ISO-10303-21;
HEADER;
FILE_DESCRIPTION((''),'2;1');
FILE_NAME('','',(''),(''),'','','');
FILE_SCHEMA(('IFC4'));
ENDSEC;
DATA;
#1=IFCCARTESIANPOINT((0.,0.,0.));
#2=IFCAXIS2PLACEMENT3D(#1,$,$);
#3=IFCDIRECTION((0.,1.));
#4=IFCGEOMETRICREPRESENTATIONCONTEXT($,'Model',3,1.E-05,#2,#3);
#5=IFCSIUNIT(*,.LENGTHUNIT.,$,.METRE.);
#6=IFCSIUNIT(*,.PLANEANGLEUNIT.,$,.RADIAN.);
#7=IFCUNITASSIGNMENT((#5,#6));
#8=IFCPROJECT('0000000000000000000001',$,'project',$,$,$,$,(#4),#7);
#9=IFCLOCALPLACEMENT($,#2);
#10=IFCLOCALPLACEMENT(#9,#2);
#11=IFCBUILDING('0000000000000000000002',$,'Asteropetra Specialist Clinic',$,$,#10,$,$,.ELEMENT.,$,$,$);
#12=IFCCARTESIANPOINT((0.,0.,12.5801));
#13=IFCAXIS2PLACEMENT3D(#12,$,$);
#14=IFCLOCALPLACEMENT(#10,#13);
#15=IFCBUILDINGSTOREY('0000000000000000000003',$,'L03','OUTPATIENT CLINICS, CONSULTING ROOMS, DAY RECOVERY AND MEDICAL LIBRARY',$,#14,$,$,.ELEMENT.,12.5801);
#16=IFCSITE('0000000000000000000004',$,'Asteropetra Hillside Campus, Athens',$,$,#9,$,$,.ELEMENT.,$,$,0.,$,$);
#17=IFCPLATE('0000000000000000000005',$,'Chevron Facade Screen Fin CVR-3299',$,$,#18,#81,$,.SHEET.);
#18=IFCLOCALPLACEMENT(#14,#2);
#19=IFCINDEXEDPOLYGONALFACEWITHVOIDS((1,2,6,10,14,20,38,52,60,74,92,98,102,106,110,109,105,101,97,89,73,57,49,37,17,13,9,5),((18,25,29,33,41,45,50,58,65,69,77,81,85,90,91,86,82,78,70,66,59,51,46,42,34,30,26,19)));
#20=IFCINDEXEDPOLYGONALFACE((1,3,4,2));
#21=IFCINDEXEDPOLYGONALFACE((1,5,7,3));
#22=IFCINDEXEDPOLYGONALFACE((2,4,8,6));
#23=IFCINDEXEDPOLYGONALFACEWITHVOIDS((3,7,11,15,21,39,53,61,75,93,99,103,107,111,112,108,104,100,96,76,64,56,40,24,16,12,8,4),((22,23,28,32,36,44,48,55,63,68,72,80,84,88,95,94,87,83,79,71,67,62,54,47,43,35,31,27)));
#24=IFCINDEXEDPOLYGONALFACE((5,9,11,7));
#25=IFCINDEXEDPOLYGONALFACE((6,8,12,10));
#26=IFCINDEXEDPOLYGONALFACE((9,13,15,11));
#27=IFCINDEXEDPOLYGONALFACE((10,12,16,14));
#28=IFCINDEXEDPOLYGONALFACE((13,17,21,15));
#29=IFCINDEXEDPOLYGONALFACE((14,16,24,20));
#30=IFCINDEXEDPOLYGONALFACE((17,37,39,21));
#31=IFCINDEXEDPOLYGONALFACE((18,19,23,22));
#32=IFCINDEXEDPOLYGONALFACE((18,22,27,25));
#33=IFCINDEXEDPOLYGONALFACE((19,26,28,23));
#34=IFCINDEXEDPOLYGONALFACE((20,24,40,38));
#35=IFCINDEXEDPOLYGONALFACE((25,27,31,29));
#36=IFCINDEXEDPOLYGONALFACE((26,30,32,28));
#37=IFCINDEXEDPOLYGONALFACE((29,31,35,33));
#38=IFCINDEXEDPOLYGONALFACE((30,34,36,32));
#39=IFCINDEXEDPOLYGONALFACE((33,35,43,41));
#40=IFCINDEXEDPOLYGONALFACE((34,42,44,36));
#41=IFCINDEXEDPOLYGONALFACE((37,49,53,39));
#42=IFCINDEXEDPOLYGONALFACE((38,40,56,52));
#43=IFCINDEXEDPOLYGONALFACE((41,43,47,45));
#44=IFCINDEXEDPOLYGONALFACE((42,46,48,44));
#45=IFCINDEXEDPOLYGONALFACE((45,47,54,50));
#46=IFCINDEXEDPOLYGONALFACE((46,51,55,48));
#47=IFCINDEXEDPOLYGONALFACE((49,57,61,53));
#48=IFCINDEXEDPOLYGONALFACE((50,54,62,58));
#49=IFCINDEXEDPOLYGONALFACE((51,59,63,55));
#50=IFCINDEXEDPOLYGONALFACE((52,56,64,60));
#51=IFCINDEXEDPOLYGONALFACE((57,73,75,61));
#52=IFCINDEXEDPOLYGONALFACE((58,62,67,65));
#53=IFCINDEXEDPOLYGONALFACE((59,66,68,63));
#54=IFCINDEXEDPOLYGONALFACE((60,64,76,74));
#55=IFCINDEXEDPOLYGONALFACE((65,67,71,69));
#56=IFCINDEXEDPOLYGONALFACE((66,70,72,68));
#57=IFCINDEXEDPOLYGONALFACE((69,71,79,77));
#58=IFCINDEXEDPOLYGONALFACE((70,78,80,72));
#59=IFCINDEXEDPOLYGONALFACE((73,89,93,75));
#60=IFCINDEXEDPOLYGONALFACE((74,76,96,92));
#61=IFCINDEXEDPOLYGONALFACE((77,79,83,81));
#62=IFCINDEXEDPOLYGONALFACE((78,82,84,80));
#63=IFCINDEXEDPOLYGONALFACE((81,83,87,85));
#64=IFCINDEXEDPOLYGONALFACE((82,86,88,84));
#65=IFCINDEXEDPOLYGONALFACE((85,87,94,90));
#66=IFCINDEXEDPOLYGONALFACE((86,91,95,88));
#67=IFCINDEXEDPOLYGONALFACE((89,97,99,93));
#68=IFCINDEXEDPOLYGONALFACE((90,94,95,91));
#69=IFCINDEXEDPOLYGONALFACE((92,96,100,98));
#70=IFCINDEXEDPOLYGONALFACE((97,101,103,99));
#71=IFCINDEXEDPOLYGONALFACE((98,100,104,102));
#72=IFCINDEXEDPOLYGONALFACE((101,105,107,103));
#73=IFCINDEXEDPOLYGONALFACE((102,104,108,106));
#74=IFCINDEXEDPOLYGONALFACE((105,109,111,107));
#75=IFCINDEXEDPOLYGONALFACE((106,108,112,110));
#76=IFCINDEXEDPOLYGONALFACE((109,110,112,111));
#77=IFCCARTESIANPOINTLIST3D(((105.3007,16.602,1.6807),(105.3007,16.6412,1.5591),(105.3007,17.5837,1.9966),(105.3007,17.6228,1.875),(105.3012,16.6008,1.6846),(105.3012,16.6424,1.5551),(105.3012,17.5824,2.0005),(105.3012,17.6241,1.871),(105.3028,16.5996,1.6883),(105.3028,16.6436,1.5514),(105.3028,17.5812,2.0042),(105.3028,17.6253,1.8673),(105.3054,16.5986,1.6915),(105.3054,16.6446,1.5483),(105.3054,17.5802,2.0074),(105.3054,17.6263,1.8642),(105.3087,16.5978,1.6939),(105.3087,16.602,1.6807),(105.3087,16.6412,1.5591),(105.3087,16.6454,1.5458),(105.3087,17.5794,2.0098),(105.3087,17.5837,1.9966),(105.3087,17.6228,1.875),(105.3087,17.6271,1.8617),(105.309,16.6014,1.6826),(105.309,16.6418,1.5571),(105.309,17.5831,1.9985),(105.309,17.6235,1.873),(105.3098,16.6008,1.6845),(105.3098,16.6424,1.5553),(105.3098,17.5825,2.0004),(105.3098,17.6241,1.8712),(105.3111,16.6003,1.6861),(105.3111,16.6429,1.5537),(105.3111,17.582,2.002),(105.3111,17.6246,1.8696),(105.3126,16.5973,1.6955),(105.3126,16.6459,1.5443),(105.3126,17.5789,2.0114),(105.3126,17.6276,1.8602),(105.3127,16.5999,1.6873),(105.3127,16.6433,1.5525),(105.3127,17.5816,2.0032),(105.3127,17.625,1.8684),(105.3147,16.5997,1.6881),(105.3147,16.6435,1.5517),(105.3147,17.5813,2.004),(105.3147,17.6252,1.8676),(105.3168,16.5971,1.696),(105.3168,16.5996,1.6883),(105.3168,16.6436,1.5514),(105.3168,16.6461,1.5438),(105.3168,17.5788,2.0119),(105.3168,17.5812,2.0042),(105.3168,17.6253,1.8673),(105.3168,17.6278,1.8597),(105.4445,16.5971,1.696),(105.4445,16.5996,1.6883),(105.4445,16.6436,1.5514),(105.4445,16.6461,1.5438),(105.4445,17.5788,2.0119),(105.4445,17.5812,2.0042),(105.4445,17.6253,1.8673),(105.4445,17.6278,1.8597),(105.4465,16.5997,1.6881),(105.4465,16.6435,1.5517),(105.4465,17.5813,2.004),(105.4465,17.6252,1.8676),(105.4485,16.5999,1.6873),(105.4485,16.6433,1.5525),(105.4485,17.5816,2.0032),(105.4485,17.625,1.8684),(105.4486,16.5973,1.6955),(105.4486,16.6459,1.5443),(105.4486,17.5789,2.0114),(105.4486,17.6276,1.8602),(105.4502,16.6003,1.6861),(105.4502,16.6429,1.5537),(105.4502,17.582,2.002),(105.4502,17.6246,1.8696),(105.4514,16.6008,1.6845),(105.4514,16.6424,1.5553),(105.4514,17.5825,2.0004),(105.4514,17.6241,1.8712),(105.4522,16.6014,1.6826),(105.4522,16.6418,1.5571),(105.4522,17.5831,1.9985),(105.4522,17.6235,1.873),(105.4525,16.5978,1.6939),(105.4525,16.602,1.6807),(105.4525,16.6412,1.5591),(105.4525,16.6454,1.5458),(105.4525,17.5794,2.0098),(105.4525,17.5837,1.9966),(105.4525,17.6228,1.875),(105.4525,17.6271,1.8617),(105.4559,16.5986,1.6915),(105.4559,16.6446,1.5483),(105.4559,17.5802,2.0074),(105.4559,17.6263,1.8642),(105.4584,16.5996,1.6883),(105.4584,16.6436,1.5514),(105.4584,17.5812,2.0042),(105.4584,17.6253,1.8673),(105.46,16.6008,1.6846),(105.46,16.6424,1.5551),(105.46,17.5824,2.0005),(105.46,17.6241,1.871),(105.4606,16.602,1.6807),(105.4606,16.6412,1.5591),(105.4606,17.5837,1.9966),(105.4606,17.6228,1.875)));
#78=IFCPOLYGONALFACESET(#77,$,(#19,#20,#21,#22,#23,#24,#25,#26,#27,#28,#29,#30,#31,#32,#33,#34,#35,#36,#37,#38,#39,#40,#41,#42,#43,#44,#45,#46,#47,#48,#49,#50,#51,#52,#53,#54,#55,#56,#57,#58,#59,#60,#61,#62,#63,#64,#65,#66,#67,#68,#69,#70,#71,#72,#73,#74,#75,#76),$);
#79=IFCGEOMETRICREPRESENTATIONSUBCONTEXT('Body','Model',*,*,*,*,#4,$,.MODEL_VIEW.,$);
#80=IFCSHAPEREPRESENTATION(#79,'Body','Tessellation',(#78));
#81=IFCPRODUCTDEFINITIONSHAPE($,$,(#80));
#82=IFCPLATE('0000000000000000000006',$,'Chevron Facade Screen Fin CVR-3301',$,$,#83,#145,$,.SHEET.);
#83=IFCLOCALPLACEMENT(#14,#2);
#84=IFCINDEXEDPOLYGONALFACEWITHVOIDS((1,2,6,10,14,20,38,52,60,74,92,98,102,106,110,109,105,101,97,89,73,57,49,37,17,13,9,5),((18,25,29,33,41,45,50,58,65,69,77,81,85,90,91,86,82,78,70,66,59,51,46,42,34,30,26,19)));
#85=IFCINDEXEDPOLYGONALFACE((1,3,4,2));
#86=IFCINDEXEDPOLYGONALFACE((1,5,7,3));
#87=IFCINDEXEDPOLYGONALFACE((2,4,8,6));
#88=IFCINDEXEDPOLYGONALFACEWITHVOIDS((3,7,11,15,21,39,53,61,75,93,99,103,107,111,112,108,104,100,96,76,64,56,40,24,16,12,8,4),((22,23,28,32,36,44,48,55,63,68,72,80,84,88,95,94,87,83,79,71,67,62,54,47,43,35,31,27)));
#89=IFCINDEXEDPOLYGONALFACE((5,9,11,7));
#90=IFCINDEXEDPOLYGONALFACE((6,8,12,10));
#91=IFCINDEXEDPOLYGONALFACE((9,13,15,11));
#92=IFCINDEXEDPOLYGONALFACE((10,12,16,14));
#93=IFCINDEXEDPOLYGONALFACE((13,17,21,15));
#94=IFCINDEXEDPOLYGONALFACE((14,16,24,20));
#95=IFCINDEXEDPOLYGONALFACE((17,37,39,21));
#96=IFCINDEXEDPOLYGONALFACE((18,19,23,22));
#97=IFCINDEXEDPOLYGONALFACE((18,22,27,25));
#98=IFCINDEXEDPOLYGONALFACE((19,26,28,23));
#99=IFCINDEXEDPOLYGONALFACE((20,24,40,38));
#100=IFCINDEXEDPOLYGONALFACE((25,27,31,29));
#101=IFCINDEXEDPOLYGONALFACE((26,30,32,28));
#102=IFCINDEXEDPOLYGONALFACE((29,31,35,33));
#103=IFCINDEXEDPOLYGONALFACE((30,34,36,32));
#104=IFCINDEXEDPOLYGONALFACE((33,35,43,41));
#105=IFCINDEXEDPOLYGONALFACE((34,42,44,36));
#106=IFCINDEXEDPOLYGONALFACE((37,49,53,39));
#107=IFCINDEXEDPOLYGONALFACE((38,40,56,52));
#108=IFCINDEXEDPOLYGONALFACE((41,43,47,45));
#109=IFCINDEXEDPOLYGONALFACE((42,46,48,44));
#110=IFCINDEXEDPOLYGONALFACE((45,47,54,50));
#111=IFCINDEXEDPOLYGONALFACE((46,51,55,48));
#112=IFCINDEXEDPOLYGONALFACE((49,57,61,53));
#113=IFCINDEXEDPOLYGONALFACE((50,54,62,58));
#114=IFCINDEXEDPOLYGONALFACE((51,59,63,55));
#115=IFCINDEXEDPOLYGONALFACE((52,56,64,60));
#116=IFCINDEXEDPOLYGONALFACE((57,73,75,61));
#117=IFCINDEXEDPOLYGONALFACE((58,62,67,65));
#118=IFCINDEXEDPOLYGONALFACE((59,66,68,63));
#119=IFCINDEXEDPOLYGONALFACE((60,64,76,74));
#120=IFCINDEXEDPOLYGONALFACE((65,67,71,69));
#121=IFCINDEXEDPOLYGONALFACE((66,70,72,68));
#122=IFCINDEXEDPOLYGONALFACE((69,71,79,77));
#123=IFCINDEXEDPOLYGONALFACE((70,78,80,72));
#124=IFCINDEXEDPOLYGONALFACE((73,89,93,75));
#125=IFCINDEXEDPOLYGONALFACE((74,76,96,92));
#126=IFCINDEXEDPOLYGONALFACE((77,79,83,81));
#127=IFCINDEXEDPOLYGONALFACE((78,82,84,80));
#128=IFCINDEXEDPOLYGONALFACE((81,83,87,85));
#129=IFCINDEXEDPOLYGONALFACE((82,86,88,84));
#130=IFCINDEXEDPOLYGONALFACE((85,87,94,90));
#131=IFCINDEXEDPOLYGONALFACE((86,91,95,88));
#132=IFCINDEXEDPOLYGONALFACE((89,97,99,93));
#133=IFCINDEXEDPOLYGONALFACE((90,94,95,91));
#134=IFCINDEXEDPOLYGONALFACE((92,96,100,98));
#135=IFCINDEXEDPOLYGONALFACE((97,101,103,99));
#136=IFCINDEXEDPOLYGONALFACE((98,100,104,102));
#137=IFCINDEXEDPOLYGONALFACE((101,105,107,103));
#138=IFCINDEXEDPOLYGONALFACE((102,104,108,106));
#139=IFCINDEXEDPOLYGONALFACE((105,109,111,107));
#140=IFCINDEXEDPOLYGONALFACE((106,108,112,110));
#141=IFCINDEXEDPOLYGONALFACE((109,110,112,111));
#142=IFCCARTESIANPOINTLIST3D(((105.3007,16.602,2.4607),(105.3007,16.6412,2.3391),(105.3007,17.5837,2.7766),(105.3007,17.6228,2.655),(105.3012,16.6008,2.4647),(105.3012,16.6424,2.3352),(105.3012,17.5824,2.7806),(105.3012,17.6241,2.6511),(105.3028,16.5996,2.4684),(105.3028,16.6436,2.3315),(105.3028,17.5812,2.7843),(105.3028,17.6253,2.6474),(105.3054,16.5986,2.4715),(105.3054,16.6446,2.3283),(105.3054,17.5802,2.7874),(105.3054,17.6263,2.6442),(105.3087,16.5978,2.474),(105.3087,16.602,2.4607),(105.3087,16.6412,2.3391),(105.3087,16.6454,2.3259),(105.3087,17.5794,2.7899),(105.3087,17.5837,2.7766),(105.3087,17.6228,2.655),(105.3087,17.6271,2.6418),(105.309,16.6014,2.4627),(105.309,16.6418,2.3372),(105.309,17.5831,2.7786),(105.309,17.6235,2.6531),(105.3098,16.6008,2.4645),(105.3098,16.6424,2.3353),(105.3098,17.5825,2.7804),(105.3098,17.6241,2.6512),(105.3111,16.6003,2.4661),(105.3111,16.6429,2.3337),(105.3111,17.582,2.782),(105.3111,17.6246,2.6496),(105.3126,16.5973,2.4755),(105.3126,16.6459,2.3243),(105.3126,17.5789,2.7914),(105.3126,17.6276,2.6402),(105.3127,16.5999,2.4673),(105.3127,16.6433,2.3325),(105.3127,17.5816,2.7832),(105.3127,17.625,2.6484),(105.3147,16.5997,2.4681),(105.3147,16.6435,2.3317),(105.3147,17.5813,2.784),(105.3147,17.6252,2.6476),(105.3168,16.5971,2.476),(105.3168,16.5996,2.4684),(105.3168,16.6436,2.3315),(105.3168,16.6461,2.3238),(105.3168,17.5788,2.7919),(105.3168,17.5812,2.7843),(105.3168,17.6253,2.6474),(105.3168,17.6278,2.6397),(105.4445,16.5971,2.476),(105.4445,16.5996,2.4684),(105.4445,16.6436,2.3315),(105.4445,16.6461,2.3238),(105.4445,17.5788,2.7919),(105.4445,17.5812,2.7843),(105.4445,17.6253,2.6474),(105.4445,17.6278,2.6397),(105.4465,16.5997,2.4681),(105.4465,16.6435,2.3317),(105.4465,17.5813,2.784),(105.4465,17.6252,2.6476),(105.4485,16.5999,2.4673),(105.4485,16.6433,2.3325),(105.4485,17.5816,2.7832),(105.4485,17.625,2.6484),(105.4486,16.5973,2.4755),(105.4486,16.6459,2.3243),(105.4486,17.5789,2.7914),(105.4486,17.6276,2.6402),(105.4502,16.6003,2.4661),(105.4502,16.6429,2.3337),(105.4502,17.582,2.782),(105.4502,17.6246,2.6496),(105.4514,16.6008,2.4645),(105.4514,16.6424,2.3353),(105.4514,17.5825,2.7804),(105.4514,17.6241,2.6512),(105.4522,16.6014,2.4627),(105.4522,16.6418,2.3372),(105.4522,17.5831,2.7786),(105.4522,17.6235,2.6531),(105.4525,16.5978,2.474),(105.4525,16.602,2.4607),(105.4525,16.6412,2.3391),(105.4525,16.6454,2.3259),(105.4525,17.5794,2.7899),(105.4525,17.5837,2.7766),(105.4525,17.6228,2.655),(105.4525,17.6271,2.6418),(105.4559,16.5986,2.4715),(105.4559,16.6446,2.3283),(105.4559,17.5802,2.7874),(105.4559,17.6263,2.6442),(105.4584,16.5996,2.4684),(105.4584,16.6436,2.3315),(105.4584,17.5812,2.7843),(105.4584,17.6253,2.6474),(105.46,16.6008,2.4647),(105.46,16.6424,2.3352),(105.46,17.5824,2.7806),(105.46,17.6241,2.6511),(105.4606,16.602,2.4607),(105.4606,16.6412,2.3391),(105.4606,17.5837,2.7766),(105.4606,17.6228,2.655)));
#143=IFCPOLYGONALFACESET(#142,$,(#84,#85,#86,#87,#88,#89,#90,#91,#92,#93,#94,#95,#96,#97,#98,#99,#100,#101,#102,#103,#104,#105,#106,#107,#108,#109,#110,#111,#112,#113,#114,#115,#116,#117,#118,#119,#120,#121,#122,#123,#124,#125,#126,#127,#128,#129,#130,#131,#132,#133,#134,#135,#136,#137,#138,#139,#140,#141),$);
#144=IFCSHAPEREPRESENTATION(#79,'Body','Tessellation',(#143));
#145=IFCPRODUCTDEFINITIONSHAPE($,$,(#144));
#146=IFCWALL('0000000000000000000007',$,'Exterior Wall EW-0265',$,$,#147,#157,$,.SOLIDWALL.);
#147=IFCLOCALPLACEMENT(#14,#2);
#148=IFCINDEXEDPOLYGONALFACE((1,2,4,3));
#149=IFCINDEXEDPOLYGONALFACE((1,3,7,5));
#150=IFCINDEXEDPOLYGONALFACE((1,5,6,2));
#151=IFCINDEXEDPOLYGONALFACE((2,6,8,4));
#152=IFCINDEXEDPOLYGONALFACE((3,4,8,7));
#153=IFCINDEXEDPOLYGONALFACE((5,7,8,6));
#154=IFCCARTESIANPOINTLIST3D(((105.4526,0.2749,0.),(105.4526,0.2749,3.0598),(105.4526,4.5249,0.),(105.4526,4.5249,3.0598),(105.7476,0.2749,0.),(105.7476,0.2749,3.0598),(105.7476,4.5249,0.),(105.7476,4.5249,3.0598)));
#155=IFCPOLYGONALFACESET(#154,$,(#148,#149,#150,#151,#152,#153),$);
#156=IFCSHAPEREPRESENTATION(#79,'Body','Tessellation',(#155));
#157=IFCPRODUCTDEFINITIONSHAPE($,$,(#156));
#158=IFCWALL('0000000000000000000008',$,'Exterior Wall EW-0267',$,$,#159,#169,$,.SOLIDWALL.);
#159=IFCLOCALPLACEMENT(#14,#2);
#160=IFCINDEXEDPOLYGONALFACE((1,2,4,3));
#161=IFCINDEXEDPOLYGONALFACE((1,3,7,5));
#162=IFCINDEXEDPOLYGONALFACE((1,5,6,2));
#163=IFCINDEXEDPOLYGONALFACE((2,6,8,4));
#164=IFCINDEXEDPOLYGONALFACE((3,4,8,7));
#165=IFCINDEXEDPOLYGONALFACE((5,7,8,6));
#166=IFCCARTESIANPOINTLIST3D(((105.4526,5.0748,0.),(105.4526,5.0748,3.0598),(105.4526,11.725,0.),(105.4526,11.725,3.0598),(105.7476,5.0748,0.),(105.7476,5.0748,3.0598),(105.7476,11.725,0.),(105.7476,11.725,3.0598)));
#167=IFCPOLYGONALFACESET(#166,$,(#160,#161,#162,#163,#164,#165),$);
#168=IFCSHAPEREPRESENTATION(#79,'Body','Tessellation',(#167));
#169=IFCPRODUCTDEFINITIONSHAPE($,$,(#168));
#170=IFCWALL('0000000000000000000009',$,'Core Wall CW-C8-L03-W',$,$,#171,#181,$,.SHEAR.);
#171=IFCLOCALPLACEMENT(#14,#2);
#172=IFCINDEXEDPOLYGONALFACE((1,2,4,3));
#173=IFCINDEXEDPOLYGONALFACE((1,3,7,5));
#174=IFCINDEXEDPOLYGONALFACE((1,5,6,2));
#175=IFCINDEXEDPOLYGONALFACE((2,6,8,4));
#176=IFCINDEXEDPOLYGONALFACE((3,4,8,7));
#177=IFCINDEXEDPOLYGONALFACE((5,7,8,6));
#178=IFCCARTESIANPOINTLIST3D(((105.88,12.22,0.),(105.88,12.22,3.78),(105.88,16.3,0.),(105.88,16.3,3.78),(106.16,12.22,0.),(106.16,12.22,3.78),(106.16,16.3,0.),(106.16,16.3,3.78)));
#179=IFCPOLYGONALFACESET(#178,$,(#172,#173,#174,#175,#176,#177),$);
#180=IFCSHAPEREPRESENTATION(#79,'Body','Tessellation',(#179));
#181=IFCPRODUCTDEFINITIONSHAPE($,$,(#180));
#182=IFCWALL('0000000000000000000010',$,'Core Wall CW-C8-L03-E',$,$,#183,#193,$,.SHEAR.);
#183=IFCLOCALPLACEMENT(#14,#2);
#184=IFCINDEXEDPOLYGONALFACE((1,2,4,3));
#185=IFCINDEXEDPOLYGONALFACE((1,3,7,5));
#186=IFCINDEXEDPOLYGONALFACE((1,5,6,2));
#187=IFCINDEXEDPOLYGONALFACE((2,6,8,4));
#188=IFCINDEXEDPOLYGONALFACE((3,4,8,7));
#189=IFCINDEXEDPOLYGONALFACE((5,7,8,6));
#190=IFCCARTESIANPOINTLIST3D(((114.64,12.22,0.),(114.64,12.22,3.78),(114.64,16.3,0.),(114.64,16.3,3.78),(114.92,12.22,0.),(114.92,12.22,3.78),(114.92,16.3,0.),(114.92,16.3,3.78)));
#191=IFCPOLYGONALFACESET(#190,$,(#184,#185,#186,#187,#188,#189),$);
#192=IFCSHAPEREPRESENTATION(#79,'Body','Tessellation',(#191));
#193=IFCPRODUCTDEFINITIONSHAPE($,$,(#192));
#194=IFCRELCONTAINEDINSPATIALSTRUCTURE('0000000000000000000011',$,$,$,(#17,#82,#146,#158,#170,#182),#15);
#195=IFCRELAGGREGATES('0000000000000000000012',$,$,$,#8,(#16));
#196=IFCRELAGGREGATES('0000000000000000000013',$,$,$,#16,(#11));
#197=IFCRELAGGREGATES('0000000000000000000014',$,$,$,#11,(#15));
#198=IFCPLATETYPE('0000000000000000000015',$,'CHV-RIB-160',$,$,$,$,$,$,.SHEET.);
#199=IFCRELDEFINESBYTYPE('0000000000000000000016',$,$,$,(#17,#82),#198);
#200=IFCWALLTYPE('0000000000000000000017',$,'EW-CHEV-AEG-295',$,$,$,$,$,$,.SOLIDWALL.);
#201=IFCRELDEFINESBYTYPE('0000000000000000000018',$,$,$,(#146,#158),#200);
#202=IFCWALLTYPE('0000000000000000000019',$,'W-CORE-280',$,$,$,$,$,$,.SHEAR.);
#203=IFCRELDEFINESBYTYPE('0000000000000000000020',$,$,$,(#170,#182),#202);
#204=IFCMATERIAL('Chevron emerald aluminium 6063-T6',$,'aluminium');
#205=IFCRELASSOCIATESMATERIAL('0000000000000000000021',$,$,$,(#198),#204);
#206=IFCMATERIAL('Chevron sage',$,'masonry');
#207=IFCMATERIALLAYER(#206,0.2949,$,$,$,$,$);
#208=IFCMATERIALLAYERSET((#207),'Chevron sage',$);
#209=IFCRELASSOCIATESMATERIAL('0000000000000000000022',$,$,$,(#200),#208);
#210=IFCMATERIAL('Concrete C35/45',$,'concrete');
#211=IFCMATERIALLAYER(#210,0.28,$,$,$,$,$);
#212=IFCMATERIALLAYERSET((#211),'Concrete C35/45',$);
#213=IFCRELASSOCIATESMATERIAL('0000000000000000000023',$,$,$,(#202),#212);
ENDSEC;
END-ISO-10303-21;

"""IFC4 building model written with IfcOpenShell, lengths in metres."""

from ifc_helpers import new_model, si_unit, direction, frame, frame_2d, origin, origin_2d, place, context, subcontext, project, spatial, rectangle, hollow_rectangle, extrude, material, layer, layer_set, material_profile, profile_set, type_object, element, save


model = new_model("IFC4")

# Units and contexts
model_context = context("Model", 3, precision=1e-05, world=origin(), true_north=direction((0.0, 1.0)))
body_context = subcontext(model_context, "Body", "Model", "MODEL_VIEW")
ifc_project = project(units=[si_unit("LENGTHUNIT", "METRE"), si_unit("PLANEANGLEUNIT", "RADIAN")], contexts=[model_context])

# Site, building, storey
site_placement = place(None, origin())
site = spatial("IfcSite", under=ifc_project, at=site_placement, Name="Asteropetra Hillside Campus, Athens", CompositionType="ELEMENT", RefElevation=0.0)
building_placement = place(site_placement, origin())
building = spatial("IfcBuilding", under=site, at=building_placement, Name="Asteropetra Specialist Clinic", CompositionType="ELEMENT")
storey_placement = place(building_placement, frame((0.0, 0.0, 12.5801)))
storey = spatial("IfcBuildingStorey", under=building, at=storey_placement, Name="L03", Description="OUTPATIENT CLINICS, CONSULTING ROOMS, DAY RECOVERY AND MEDICAL LIBRARY", CompositionType="ELEMENT", Elevation=12.5801)

# Plates
ifc_material_1 = material(Name="Chevron emerald aluminium 6063-T6", Category="aluminium")
ifc_material_profile_1 = material_profile(ifc_material_1, hollow_rectangle(XDim=0.1599, YDim=0.1599, WallThickness=0.0081, InnerFilletRadius=0.0081, OuterFilletRadius=0.0161, at=origin_2d()), Name="SHS 160x160x8.0")
ifc_profile_set_1 = profile_set([ifc_material_profile_1], Name="Chevron emerald aluminium 6063-T6")
plate_type = type_object("IfcPlateType", Name="CHV-RIB-160", PredefinedType="SHEET", material=ifc_profile_set_1)
for number, where, z_axis, x_axis, name in (
    (1, (105.3806, 17.6033, 1.9358), (0.0, -0.951923, -0.306339), (1.0, 0.0, 0.0), "Chevron Facade Screen Fin CVR-3299"),
    (2, (105.3806, 17.6033, 2.7158), (0.0, -0.951923, -0.306339), (1.0, 0.0, 0.0), "Chevron Facade Screen Fin CVR-3301"),
):
    element("IfcPlate", number, at=place(storey_placement, frame(where, z_axis=z_axis, x_axis=x_axis)), inside=storey, type_object=plate_type, Name=name, PredefinedType="SHEET", context=body_context, shape_type="SweptSolid", body=[
        extrude(hollow_rectangle(XDim=0.1599, YDim=0.1599, WallThickness=0.0081, InnerFilletRadius=0.0081, OuterFilletRadius=0.0161, at=origin_2d()), origin(), (0.0, 0.0, 1.0), 1.0312),
    ])

# Walls
ifc_material_2 = material(Name="Chevron sage", Category="masonry")
ifc_layer_1 = layer(ifc_material_2, 0.2949)
ifc_layer_set_1 = layer_set([ifc_layer_1], Name="Chevron sage")
wall_type_1 = type_object("IfcWallType", Name="EW-CHEV-AEG-295", PredefinedType="SOLIDWALL", material=ifc_layer_set_1)
wall_1_placement = place(storey_placement, frame((105.6001, 4.5249, 0.0), z_axis=(0.0, 0.0, 1.0), x_axis=(0.0, -1.0, 0.0)))
element("IfcWall", 3, at=wall_1_placement, inside=storey, type_object=wall_type_1, Name="Exterior Wall EW-0265", PredefinedType="SOLIDWALL", context=body_context, shape_type="SweptSolid", body=[
    extrude(rectangle(XDim=4.25, YDim=0.2949, at=frame_2d((2.125, 0.0))), origin(), (0.0, 0.0, 1.0), 3.0598),
])
wall_2_placement = place(storey_placement, frame((105.6001, 11.7251, 0.0), z_axis=(0.0, 0.0, 1.0), x_axis=(0.0, -1.0, 0.0)))
element("IfcWall", 4, at=wall_2_placement, inside=storey, type_object=wall_type_1, Name="Exterior Wall EW-0267", PredefinedType="SOLIDWALL", context=body_context, shape_type="SweptSolid", body=[
    extrude(rectangle(XDim=6.6501, YDim=0.2949, at=frame_2d((3.3252, 0.0))), origin(), (0.0, 0.0, 1.0), 3.0598),
])
ifc_material_3 = material(Name="Concrete C35/45", Category="concrete")
ifc_layer_2 = layer(ifc_material_3, 0.28)
ifc_layer_set_2 = layer_set([ifc_layer_2], Name="Concrete C35/45")
wall_type_2 = type_object("IfcWallType", Name="W-CORE-280", PredefinedType="SHEAR", material=ifc_layer_set_2)
for number, where, z_axis, x_axis, name in (
    (5, (106.02, 12.22, 0.0), (0.0, 0.0, 1.0), (0.0, 1.0, 0.0), "Core Wall CW-C8-L03-W"),
    (6, (114.78, 12.22, 0.0), (0.0, 0.0, 1.0), (0.0, 1.0, 0.0), "Core Wall CW-C8-L03-E"),
):
    element("IfcWall", number, at=place(storey_placement, frame(where, z_axis=z_axis, x_axis=x_axis)), inside=storey, type_object=wall_type_2, Name=name, PredefinedType="SHEAR", context=body_context, shape_type="SweptSolid", body=[
        extrude(rectangle(XDim=4.0801, YDim=0.28, at=frame_2d((2.04, 0.0))), origin(), (0.0, 0.0, 1.0), 3.78),
    ])

save(model, "model.ifc")
